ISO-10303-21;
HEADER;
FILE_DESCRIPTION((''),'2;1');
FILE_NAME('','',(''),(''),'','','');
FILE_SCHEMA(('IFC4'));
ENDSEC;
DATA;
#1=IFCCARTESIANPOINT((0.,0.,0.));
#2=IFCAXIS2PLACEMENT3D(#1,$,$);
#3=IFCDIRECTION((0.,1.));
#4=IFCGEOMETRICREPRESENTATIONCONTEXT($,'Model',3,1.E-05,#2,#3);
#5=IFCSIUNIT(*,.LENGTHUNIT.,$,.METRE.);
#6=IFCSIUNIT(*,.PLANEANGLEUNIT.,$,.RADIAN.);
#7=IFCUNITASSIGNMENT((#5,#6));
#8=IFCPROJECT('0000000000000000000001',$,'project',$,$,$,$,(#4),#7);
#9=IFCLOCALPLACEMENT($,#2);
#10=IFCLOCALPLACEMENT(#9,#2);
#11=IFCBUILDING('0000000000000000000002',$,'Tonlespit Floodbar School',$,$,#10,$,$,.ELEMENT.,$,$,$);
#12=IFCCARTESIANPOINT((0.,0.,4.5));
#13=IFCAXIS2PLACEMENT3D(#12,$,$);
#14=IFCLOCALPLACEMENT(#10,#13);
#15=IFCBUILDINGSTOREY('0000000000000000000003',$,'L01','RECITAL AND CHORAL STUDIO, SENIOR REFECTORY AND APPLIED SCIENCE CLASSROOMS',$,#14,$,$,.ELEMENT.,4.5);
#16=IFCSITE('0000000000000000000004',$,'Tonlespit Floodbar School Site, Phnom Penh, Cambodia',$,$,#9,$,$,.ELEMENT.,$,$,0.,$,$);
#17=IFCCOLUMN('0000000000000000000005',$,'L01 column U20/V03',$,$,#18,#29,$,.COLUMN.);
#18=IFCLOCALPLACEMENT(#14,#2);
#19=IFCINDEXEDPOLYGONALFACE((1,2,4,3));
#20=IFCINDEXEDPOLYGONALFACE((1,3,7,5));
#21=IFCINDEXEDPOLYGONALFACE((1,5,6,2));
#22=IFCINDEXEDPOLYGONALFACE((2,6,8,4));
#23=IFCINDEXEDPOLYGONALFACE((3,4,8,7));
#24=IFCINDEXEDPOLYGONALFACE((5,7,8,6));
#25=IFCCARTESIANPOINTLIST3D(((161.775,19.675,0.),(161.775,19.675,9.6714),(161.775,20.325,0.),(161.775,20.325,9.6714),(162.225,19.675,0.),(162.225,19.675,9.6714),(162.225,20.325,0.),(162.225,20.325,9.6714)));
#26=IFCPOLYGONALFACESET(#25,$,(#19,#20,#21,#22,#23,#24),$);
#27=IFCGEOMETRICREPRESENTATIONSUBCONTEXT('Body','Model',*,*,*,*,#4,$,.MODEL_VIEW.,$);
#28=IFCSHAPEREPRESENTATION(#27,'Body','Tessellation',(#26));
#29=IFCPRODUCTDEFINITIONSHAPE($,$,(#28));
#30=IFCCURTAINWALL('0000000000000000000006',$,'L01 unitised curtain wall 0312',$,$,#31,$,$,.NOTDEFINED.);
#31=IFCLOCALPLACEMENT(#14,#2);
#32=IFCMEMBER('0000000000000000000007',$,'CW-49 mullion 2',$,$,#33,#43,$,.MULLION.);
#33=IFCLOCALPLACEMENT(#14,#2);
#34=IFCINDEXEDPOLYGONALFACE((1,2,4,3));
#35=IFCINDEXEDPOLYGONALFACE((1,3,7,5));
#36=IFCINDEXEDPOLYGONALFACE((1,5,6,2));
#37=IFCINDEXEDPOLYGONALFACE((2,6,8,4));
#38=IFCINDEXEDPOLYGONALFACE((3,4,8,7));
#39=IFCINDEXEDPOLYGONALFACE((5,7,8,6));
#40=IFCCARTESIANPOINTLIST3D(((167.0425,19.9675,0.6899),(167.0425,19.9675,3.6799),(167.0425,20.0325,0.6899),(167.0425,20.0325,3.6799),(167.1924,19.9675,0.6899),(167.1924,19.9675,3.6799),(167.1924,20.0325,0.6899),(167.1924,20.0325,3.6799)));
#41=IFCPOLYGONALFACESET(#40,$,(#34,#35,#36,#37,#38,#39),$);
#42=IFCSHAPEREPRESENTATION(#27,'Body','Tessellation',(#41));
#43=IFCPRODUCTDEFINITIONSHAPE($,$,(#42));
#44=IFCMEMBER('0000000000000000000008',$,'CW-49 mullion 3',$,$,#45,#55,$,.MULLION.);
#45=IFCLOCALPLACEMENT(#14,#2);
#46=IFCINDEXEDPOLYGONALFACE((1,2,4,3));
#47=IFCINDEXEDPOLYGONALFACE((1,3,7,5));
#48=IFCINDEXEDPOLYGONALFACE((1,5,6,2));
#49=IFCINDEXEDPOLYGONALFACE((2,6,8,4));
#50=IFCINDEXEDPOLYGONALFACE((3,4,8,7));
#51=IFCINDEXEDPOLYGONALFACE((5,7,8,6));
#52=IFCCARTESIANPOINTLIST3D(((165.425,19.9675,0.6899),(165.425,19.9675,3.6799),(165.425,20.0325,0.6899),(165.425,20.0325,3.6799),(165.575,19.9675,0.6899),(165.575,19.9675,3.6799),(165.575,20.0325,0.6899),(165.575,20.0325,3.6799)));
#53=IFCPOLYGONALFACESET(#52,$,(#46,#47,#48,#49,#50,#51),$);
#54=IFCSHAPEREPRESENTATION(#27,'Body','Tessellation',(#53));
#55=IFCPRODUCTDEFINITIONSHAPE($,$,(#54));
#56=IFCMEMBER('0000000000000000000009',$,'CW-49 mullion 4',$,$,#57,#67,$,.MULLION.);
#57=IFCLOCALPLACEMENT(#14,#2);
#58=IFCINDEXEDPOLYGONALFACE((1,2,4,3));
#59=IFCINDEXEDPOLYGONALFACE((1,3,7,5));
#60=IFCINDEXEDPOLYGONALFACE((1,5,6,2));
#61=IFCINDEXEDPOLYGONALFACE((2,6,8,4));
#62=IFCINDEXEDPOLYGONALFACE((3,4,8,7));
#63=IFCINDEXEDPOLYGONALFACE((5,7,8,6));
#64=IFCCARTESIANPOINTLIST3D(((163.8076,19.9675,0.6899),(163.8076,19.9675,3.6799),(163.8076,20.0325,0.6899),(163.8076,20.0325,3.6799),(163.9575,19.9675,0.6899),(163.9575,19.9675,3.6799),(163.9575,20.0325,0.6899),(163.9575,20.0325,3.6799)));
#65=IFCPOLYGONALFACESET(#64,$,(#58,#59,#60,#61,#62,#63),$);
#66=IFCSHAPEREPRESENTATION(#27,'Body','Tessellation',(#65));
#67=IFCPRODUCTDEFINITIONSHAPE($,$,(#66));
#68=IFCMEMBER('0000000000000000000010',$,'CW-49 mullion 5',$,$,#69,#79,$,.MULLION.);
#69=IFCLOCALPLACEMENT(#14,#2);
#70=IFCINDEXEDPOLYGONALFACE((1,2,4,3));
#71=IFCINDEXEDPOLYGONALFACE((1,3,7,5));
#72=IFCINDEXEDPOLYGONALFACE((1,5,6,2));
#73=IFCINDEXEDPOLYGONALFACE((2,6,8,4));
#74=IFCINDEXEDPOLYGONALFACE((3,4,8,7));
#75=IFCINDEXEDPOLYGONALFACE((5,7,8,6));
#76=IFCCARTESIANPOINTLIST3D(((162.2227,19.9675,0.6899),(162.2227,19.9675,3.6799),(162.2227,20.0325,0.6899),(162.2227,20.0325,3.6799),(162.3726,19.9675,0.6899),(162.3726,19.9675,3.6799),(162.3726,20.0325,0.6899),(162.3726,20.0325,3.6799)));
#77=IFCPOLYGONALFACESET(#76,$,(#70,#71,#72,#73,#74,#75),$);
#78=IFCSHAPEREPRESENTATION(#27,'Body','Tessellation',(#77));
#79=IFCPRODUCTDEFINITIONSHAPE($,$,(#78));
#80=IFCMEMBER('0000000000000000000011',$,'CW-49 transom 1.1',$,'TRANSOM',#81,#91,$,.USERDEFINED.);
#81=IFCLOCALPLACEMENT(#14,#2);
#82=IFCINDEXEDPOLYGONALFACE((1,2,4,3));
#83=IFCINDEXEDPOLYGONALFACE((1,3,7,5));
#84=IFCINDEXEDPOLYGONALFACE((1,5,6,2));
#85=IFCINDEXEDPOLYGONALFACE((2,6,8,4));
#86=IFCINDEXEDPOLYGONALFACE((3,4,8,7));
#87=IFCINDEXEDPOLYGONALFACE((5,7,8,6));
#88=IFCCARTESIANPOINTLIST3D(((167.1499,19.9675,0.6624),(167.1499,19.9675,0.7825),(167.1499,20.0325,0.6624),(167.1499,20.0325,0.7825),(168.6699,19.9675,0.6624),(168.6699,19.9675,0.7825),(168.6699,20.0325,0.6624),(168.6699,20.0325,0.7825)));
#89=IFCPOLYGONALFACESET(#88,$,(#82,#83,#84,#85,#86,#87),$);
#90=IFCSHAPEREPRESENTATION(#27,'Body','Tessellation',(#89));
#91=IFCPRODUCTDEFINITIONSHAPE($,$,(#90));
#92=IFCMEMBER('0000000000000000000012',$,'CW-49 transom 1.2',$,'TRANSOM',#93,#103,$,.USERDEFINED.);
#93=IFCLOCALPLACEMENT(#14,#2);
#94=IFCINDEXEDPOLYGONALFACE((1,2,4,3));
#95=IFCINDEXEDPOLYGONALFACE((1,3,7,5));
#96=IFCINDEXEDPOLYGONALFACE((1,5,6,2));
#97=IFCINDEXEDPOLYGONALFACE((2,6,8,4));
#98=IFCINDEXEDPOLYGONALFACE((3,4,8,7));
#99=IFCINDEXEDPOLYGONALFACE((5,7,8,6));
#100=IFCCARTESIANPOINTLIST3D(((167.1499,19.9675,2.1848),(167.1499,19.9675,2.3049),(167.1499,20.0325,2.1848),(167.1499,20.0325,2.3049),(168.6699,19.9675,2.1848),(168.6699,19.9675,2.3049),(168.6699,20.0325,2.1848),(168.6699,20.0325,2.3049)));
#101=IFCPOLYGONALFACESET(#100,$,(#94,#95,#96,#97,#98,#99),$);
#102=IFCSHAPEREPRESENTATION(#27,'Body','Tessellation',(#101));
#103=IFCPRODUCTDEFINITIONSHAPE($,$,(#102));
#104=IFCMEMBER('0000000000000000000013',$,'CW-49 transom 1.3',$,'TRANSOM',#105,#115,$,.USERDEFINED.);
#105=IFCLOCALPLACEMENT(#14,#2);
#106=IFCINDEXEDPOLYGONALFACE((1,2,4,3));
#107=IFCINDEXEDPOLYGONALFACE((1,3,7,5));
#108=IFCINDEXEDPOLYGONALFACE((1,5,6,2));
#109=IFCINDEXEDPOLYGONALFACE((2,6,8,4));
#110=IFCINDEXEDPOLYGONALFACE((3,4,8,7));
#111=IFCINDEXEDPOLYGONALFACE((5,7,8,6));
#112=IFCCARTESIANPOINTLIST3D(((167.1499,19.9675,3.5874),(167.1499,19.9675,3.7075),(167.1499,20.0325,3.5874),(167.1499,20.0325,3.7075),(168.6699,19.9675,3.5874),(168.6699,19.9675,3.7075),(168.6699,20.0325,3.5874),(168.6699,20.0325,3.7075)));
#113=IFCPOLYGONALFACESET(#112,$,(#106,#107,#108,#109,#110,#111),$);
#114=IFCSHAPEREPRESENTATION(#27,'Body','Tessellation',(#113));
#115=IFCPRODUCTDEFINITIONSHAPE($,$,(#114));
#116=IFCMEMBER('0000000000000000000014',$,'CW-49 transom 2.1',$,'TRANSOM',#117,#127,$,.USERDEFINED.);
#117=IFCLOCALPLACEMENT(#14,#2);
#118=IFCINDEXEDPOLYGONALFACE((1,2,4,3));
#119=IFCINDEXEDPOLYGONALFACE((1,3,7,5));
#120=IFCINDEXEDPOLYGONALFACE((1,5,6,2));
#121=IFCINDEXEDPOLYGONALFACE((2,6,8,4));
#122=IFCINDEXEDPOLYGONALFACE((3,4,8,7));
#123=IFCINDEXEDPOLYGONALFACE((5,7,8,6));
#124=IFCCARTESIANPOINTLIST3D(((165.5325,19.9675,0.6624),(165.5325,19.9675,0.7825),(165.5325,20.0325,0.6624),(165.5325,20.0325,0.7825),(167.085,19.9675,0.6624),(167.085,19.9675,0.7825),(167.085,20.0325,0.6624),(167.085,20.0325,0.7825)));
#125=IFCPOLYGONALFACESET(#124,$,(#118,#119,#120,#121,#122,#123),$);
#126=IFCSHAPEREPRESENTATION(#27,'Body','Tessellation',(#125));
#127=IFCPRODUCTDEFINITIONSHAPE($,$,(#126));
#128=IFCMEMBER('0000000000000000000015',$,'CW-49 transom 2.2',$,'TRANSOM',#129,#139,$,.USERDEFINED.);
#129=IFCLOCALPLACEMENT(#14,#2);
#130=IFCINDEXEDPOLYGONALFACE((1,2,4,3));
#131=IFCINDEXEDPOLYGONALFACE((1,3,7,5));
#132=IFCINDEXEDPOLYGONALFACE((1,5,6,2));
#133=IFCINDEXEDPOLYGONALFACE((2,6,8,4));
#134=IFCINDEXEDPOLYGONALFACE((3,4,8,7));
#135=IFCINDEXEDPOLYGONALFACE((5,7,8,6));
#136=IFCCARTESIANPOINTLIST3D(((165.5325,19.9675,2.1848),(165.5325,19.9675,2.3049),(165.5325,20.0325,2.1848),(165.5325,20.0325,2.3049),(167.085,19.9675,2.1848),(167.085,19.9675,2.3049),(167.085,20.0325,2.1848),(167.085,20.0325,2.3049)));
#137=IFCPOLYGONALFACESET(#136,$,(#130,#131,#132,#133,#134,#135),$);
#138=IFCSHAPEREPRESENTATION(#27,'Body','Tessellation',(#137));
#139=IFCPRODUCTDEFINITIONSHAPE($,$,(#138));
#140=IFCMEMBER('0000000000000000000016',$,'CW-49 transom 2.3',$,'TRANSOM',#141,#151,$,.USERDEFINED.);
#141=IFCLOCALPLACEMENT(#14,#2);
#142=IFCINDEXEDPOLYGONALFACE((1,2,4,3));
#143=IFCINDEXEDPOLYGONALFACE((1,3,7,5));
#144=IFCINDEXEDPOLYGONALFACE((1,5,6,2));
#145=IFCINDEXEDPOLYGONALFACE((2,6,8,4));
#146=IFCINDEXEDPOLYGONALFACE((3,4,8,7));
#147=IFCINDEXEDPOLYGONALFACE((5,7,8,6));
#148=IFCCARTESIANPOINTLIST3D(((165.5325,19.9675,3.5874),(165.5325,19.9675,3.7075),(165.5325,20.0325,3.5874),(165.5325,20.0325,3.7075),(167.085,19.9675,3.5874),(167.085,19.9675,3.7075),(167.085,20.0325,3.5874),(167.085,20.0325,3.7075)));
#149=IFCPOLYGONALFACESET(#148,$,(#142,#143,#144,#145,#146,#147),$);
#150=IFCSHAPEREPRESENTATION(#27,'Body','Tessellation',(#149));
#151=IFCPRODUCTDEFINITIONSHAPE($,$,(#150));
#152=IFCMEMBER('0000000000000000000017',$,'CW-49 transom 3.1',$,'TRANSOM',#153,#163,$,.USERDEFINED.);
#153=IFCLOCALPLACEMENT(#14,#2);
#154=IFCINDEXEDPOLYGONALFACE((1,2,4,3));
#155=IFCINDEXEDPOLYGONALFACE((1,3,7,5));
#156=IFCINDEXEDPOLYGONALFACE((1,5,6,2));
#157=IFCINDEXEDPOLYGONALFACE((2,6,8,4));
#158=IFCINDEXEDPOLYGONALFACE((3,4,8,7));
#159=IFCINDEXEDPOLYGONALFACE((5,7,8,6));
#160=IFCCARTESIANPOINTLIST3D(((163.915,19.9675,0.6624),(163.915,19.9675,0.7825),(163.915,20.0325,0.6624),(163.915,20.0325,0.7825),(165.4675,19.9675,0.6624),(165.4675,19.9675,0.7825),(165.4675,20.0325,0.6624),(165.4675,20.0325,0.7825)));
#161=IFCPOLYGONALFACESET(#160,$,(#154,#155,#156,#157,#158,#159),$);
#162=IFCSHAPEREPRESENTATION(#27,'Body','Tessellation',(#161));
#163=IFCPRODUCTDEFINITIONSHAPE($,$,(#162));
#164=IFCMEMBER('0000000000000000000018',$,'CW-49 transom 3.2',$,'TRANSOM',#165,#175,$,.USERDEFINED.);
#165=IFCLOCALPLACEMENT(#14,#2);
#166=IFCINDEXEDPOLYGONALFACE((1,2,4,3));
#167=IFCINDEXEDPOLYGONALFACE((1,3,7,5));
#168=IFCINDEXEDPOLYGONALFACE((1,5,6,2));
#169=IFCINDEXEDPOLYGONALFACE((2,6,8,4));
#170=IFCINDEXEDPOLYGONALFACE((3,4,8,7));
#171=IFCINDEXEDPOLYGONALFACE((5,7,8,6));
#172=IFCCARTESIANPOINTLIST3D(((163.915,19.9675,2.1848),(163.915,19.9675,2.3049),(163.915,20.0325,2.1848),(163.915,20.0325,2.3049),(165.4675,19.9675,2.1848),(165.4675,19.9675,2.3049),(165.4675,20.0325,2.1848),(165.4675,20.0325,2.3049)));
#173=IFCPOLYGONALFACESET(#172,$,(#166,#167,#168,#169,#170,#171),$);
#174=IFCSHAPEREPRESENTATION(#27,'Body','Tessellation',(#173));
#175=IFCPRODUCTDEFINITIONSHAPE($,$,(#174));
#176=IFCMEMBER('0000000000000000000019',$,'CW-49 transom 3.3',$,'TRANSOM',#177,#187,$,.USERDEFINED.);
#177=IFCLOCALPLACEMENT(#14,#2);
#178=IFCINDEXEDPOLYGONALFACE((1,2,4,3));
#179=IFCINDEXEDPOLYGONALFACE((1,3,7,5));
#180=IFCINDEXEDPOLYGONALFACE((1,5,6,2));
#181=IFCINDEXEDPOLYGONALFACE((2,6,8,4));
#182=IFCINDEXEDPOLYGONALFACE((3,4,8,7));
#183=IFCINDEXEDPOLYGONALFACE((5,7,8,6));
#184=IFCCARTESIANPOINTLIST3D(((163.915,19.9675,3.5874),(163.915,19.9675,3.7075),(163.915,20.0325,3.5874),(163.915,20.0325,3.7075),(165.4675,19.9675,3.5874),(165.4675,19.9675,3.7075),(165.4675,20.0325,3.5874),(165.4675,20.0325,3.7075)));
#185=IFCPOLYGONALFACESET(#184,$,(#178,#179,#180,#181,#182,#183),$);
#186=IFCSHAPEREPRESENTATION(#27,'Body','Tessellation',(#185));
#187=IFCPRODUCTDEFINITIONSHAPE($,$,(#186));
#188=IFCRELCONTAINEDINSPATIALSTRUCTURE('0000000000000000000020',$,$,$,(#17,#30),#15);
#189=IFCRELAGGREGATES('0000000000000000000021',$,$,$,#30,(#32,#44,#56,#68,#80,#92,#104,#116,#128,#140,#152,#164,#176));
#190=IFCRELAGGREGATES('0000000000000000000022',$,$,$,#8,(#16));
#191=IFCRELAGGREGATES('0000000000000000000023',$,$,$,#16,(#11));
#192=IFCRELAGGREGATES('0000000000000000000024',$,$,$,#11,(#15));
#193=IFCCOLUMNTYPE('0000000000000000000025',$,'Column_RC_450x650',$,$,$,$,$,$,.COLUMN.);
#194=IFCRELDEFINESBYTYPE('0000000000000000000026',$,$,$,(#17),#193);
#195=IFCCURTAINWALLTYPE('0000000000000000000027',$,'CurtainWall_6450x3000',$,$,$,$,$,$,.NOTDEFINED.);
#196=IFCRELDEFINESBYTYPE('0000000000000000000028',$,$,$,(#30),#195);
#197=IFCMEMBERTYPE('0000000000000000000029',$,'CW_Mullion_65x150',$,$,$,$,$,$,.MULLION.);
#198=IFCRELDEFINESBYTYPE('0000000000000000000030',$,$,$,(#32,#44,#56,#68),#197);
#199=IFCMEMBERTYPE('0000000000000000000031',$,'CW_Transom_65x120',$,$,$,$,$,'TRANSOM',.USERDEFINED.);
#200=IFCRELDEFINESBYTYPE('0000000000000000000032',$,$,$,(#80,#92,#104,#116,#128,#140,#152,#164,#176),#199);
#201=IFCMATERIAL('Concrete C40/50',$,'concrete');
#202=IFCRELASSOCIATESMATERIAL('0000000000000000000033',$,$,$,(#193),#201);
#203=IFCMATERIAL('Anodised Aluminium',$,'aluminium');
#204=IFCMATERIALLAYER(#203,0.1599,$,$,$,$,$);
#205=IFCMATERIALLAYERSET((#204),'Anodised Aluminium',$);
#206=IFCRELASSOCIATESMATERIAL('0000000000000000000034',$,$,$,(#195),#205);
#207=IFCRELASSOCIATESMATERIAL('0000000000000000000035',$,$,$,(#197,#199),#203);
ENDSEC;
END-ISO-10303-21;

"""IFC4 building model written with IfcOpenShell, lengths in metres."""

from ifc_helpers import new_model, si_unit, direction, frame, origin, origin_2d, place, context, subcontext, project, spatial, rectangle, extrude, material, layer, layer_set, material_profile, profile_set, type_object, element, aggregate, save


model = new_model("IFC4")

# Units and contexts
model_context = context("Model", 3, precision=1e-05, world=origin(), true_north=direction((0.0, 1.0)))
body_context = subcontext(model_context, "Body", "Model", "MODEL_VIEW")
ifc_project = project(units=[si_unit("LENGTHUNIT", "METRE"), si_unit("PLANEANGLEUNIT", "RADIAN")], contexts=[model_context])

# Site, building, storey
site_placement = place(None, origin())
site = spatial("IfcSite", under=ifc_project, at=site_placement, Name="Tonlespit Floodbar School Site, Phnom Penh, Cambodia", CompositionType="ELEMENT", RefElevation=0.0)
building_placement = place(site_placement, origin())
building = spatial("IfcBuilding", under=site, at=building_placement, Name="Tonlespit Floodbar School", CompositionType="ELEMENT")
storey_placement = place(building_placement, frame((0.0, 0.0, 4.5)))
storey = spatial("IfcBuildingStorey", under=building, at=storey_placement, Name="L01", Description="RECITAL AND CHORAL STUDIO, SENIOR REFECTORY AND APPLIED SCIENCE CLASSROOMS", CompositionType="ELEMENT", Elevation=4.5)

# Column
ifc_material_1 = material(Name="Concrete C40/50", Category="concrete")
ifc_material_profile_1 = material_profile(ifc_material_1, rectangle(XDim=0.45, YDim=0.6499, at=origin_2d()), Name="RC 450x650")
ifc_profile_set_1 = profile_set([ifc_material_profile_1], Name="Concrete C40/50")
column_type = type_object("IfcColumnType", Name="Column_RC_450x650", PredefinedType="COLUMN", material=ifc_profile_set_1)
column_placement = place(storey_placement, frame((162.0, 20.0, 0.0), z_axis=(0.0, 0.0, 1.0), x_axis=(1.0, 0.0, 0.0)))
element("IfcColumn", 1, at=column_placement, inside=storey, type_object=column_type, Name="L01 column U20/V03", PredefinedType="COLUMN", context=body_context, shape_type="SweptSolid", body=[
    extrude(rectangle(XDim=0.45, YDim=0.6499, at=origin_2d()), origin(), (0.0, 0.0, 1.0), 9.6714),
])

# Curtain wall, members
ifc_material_2 = material(Name="Anodised Aluminium", Category="aluminium")
ifc_layer_1 = layer(ifc_material_2, 0.1599)
ifc_layer_set_1 = layer_set([ifc_layer_1], Name="Anodised Aluminium")
curtain_wall_type = type_object("IfcCurtainWallType", Name="CurtainWall_6450x3000", PredefinedType="NOTDEFINED", material=ifc_layer_set_1)
curtain_wall_placement = place(storey_placement, origin())
curtain_wall = element("IfcCurtainWall", 2, at=curtain_wall_placement, inside=storey, type_object=curtain_wall_type, Name="L01 unitised curtain wall 0312", PredefinedType="NOTDEFINED")
ifc_material_profile_2 = material_profile(ifc_material_2, rectangle(XDim=0.0649, YDim=0.1499, at=origin_2d()), Name="ALU M65x150")
ifc_profile_set_2 = profile_set([ifc_material_profile_2], Name="Anodised Aluminium")
member_type_1 = type_object("IfcMemberType", Name="CW_Mullion_65x150", PredefinedType="MULLION", material=ifc_profile_set_2)
member_1_placement = place(storey_placement, frame((167.1174, 20.0, 0.6899), z_axis=(0.0, 0.0, 1.0), x_axis=(0.0, -1.0, 0.0)))
member_1 = element("IfcMember", 3, at=member_1_placement, type_object=member_type_1, Name="CW-49 mullion 2", PredefinedType="MULLION", context=body_context, shape_type="SweptSolid", body=[
    extrude(rectangle(XDim=0.0649, YDim=0.1499, at=origin_2d()), origin(), (0.0, 0.0, 1.0), 2.99),
])
member_2_placement = place(storey_placement, frame((165.5, 20.0, 0.6899), z_axis=(0.0, 0.0, 1.0), x_axis=(0.0, -1.0, 0.0)))
member_2 = element("IfcMember", 4, at=member_2_placement, type_object=member_type_1, Name="CW-49 mullion 3", PredefinedType="MULLION", context=body_context, shape_type="SweptSolid", body=[
    extrude(rectangle(XDim=0.0649, YDim=0.1499, at=origin_2d()), origin(), (0.0, 0.0, 1.0), 2.99),
])
member_3_placement = place(storey_placement, frame((163.8826, 20.0, 0.6899), z_axis=(0.0, 0.0, 1.0), x_axis=(0.0, -1.0, 0.0)))
member_3 = element("IfcMember", 5, at=member_3_placement, type_object=member_type_1, Name="CW-49 mullion 4", PredefinedType="MULLION", context=body_context, shape_type="SweptSolid", body=[
    extrude(rectangle(XDim=0.0649, YDim=0.1499, at=origin_2d()), origin(), (0.0, 0.0, 1.0), 2.99),
])
member_4_placement = place(storey_placement, frame((162.2976, 20.0, 0.6899), z_axis=(0.0, 0.0, 1.0), x_axis=(0.0, -1.0, 0.0)))
member_4 = element("IfcMember", 6, at=member_4_placement, type_object=member_type_1, Name="CW-49 mullion 5", PredefinedType="MULLION", context=body_context, shape_type="SweptSolid", body=[
    extrude(rectangle(XDim=0.0649, YDim=0.1499, at=origin_2d()), origin(), (0.0, 0.0, 1.0), 2.99),
])
ifc_material_profile_3 = material_profile(ifc_material_2, rectangle(XDim=0.0649, YDim=0.1201, at=origin_2d()), Name="ALU T65x120")
ifc_profile_set_3 = profile_set([ifc_material_profile_3], Name="Anodised Aluminium")
member_type_2 = type_object("IfcMemberType", Name="CW_Transom_65x120", ElementType="TRANSOM", PredefinedType="USERDEFINED", material=ifc_profile_set_3)
member_5_placement = place(storey_placement, frame((168.6699, 20.0, 0.7224), z_axis=(-1.0, 0.0, 0.0), x_axis=(0.0, -1.0, 0.0)))
member_5 = element("IfcMember", 7, at=member_5_placement, type_object=member_type_2, Name="CW-49 transom 1.1", ObjectType="TRANSOM", PredefinedType="USERDEFINED", context=body_context, shape_type="SweptSolid", body=[
    extrude(rectangle(XDim=0.0649, YDim=0.1201, at=origin_2d()), origin(), (0.0, 0.0, 1.0), 1.52),
])
member_6_placement = place(storey_placement, frame((168.6699, 20.0, 2.2449), z_axis=(-1.0, 0.0, 0.0), x_axis=(0.0, -1.0, 0.0)))
member_6 = element("IfcMember", 8, at=member_6_placement, type_object=member_type_2, Name="CW-49 transom 1.2", ObjectType="TRANSOM", PredefinedType="USERDEFINED", context=body_context, shape_type="SweptSolid", body=[
    extrude(rectangle(XDim=0.0649, YDim=0.1201, at=origin_2d()), origin(), (0.0, 0.0, 1.0), 1.52),
])
member_7_placement = place(storey_placement, frame((168.6699, 20.0, 3.6475), z_axis=(-1.0, 0.0, 0.0), x_axis=(0.0, -1.0, 0.0)))
member_7 = element("IfcMember", 9, at=member_7_placement, type_object=member_type_2, Name="CW-49 transom 1.3", ObjectType="TRANSOM", PredefinedType="USERDEFINED", context=body_context, shape_type="SweptSolid", body=[
    extrude(rectangle(XDim=0.0649, YDim=0.1201, at=origin_2d()), origin(), (0.0, 0.0, 1.0), 1.52),
])
member_8_placement = place(storey_placement, frame((167.085, 20.0, 0.7224), z_axis=(-1.0, 0.0, 0.0), x_axis=(0.0, -1.0, 0.0)))
member_8 = element("IfcMember", 10, at=member_8_placement, type_object=member_type_2, Name="CW-49 transom 2.1", ObjectType="TRANSOM", PredefinedType="USERDEFINED", context=body_context, shape_type="SweptSolid", body=[
    extrude(rectangle(XDim=0.0649, YDim=0.1201, at=origin_2d()), origin(), (0.0, 0.0, 1.0), 1.5525),
])
member_9_placement = place(storey_placement, frame((167.085, 20.0, 2.2449), z_axis=(-1.0, 0.0, 0.0), x_axis=(0.0, -1.0, 0.0)))
member_9 = element("IfcMember", 11, at=member_9_placement, type_object=member_type_2, Name="CW-49 transom 2.2", ObjectType="TRANSOM", PredefinedType="USERDEFINED", context=body_context, shape_type="SweptSolid", body=[
    extrude(rectangle(XDim=0.0649, YDim=0.1201, at=origin_2d()), origin(), (0.0, 0.0, 1.0), 1.5525),
])
member_10_placement = place(storey_placement, frame((167.085, 20.0, 3.6475), z_axis=(-1.0, 0.0, 0.0), x_axis=(0.0, -1.0, 0.0)))
member_10 = element("IfcMember", 12, at=member_10_placement, type_object=member_type_2, Name="CW-49 transom 2.3", ObjectType="TRANSOM", PredefinedType="USERDEFINED", context=body_context, shape_type="SweptSolid", body=[
    extrude(rectangle(XDim=0.0649, YDim=0.1201, at=origin_2d()), origin(), (0.0, 0.0, 1.0), 1.5525),
])
member_11_placement = place(storey_placement, frame((165.4675, 20.0, 0.7224), z_axis=(-1.0, 0.0, 0.0), x_axis=(0.0, -1.0, 0.0)))
member_11 = element("IfcMember", 13, at=member_11_placement, type_object=member_type_2, Name="CW-49 transom 3.1", ObjectType="TRANSOM", PredefinedType="USERDEFINED", context=body_context, shape_type="SweptSolid", body=[
    extrude(rectangle(XDim=0.0649, YDim=0.1201, at=origin_2d()), origin(), (0.0, 0.0, 1.0), 1.5525),
])
member_12_placement = place(storey_placement, frame((165.4675, 20.0, 2.2449), z_axis=(-1.0, 0.0, 0.0), x_axis=(0.0, -1.0, 0.0)))
member_12 = element("IfcMember", 14, at=member_12_placement, type_object=member_type_2, Name="CW-49 transom 3.2", ObjectType="TRANSOM", PredefinedType="USERDEFINED", context=body_context, shape_type="SweptSolid", body=[
    extrude(rectangle(XDim=0.0649, YDim=0.1201, at=origin_2d()), origin(), (0.0, 0.0, 1.0), 1.5525),
])
member_13_placement = place(storey_placement, frame((165.4675, 20.0, 3.6475), z_axis=(-1.0, 0.0, 0.0), x_axis=(0.0, -1.0, 0.0)))
member_13 = element("IfcMember", 15, at=member_13_placement, type_object=member_type_2, Name="CW-49 transom 3.3", ObjectType="TRANSOM", PredefinedType="USERDEFINED", context=body_context, shape_type="SweptSolid", body=[
    extrude(rectangle(XDim=0.0649, YDim=0.1201, at=origin_2d()), origin(), (0.0, 0.0, 1.0), 1.5525),
])

aggregate(curtain_wall, [member_1, member_2, member_3, member_4, member_5, member_6, member_7, member_8, member_9, member_10, member_11, member_12, member_13])

save(model, "model.ifc")
